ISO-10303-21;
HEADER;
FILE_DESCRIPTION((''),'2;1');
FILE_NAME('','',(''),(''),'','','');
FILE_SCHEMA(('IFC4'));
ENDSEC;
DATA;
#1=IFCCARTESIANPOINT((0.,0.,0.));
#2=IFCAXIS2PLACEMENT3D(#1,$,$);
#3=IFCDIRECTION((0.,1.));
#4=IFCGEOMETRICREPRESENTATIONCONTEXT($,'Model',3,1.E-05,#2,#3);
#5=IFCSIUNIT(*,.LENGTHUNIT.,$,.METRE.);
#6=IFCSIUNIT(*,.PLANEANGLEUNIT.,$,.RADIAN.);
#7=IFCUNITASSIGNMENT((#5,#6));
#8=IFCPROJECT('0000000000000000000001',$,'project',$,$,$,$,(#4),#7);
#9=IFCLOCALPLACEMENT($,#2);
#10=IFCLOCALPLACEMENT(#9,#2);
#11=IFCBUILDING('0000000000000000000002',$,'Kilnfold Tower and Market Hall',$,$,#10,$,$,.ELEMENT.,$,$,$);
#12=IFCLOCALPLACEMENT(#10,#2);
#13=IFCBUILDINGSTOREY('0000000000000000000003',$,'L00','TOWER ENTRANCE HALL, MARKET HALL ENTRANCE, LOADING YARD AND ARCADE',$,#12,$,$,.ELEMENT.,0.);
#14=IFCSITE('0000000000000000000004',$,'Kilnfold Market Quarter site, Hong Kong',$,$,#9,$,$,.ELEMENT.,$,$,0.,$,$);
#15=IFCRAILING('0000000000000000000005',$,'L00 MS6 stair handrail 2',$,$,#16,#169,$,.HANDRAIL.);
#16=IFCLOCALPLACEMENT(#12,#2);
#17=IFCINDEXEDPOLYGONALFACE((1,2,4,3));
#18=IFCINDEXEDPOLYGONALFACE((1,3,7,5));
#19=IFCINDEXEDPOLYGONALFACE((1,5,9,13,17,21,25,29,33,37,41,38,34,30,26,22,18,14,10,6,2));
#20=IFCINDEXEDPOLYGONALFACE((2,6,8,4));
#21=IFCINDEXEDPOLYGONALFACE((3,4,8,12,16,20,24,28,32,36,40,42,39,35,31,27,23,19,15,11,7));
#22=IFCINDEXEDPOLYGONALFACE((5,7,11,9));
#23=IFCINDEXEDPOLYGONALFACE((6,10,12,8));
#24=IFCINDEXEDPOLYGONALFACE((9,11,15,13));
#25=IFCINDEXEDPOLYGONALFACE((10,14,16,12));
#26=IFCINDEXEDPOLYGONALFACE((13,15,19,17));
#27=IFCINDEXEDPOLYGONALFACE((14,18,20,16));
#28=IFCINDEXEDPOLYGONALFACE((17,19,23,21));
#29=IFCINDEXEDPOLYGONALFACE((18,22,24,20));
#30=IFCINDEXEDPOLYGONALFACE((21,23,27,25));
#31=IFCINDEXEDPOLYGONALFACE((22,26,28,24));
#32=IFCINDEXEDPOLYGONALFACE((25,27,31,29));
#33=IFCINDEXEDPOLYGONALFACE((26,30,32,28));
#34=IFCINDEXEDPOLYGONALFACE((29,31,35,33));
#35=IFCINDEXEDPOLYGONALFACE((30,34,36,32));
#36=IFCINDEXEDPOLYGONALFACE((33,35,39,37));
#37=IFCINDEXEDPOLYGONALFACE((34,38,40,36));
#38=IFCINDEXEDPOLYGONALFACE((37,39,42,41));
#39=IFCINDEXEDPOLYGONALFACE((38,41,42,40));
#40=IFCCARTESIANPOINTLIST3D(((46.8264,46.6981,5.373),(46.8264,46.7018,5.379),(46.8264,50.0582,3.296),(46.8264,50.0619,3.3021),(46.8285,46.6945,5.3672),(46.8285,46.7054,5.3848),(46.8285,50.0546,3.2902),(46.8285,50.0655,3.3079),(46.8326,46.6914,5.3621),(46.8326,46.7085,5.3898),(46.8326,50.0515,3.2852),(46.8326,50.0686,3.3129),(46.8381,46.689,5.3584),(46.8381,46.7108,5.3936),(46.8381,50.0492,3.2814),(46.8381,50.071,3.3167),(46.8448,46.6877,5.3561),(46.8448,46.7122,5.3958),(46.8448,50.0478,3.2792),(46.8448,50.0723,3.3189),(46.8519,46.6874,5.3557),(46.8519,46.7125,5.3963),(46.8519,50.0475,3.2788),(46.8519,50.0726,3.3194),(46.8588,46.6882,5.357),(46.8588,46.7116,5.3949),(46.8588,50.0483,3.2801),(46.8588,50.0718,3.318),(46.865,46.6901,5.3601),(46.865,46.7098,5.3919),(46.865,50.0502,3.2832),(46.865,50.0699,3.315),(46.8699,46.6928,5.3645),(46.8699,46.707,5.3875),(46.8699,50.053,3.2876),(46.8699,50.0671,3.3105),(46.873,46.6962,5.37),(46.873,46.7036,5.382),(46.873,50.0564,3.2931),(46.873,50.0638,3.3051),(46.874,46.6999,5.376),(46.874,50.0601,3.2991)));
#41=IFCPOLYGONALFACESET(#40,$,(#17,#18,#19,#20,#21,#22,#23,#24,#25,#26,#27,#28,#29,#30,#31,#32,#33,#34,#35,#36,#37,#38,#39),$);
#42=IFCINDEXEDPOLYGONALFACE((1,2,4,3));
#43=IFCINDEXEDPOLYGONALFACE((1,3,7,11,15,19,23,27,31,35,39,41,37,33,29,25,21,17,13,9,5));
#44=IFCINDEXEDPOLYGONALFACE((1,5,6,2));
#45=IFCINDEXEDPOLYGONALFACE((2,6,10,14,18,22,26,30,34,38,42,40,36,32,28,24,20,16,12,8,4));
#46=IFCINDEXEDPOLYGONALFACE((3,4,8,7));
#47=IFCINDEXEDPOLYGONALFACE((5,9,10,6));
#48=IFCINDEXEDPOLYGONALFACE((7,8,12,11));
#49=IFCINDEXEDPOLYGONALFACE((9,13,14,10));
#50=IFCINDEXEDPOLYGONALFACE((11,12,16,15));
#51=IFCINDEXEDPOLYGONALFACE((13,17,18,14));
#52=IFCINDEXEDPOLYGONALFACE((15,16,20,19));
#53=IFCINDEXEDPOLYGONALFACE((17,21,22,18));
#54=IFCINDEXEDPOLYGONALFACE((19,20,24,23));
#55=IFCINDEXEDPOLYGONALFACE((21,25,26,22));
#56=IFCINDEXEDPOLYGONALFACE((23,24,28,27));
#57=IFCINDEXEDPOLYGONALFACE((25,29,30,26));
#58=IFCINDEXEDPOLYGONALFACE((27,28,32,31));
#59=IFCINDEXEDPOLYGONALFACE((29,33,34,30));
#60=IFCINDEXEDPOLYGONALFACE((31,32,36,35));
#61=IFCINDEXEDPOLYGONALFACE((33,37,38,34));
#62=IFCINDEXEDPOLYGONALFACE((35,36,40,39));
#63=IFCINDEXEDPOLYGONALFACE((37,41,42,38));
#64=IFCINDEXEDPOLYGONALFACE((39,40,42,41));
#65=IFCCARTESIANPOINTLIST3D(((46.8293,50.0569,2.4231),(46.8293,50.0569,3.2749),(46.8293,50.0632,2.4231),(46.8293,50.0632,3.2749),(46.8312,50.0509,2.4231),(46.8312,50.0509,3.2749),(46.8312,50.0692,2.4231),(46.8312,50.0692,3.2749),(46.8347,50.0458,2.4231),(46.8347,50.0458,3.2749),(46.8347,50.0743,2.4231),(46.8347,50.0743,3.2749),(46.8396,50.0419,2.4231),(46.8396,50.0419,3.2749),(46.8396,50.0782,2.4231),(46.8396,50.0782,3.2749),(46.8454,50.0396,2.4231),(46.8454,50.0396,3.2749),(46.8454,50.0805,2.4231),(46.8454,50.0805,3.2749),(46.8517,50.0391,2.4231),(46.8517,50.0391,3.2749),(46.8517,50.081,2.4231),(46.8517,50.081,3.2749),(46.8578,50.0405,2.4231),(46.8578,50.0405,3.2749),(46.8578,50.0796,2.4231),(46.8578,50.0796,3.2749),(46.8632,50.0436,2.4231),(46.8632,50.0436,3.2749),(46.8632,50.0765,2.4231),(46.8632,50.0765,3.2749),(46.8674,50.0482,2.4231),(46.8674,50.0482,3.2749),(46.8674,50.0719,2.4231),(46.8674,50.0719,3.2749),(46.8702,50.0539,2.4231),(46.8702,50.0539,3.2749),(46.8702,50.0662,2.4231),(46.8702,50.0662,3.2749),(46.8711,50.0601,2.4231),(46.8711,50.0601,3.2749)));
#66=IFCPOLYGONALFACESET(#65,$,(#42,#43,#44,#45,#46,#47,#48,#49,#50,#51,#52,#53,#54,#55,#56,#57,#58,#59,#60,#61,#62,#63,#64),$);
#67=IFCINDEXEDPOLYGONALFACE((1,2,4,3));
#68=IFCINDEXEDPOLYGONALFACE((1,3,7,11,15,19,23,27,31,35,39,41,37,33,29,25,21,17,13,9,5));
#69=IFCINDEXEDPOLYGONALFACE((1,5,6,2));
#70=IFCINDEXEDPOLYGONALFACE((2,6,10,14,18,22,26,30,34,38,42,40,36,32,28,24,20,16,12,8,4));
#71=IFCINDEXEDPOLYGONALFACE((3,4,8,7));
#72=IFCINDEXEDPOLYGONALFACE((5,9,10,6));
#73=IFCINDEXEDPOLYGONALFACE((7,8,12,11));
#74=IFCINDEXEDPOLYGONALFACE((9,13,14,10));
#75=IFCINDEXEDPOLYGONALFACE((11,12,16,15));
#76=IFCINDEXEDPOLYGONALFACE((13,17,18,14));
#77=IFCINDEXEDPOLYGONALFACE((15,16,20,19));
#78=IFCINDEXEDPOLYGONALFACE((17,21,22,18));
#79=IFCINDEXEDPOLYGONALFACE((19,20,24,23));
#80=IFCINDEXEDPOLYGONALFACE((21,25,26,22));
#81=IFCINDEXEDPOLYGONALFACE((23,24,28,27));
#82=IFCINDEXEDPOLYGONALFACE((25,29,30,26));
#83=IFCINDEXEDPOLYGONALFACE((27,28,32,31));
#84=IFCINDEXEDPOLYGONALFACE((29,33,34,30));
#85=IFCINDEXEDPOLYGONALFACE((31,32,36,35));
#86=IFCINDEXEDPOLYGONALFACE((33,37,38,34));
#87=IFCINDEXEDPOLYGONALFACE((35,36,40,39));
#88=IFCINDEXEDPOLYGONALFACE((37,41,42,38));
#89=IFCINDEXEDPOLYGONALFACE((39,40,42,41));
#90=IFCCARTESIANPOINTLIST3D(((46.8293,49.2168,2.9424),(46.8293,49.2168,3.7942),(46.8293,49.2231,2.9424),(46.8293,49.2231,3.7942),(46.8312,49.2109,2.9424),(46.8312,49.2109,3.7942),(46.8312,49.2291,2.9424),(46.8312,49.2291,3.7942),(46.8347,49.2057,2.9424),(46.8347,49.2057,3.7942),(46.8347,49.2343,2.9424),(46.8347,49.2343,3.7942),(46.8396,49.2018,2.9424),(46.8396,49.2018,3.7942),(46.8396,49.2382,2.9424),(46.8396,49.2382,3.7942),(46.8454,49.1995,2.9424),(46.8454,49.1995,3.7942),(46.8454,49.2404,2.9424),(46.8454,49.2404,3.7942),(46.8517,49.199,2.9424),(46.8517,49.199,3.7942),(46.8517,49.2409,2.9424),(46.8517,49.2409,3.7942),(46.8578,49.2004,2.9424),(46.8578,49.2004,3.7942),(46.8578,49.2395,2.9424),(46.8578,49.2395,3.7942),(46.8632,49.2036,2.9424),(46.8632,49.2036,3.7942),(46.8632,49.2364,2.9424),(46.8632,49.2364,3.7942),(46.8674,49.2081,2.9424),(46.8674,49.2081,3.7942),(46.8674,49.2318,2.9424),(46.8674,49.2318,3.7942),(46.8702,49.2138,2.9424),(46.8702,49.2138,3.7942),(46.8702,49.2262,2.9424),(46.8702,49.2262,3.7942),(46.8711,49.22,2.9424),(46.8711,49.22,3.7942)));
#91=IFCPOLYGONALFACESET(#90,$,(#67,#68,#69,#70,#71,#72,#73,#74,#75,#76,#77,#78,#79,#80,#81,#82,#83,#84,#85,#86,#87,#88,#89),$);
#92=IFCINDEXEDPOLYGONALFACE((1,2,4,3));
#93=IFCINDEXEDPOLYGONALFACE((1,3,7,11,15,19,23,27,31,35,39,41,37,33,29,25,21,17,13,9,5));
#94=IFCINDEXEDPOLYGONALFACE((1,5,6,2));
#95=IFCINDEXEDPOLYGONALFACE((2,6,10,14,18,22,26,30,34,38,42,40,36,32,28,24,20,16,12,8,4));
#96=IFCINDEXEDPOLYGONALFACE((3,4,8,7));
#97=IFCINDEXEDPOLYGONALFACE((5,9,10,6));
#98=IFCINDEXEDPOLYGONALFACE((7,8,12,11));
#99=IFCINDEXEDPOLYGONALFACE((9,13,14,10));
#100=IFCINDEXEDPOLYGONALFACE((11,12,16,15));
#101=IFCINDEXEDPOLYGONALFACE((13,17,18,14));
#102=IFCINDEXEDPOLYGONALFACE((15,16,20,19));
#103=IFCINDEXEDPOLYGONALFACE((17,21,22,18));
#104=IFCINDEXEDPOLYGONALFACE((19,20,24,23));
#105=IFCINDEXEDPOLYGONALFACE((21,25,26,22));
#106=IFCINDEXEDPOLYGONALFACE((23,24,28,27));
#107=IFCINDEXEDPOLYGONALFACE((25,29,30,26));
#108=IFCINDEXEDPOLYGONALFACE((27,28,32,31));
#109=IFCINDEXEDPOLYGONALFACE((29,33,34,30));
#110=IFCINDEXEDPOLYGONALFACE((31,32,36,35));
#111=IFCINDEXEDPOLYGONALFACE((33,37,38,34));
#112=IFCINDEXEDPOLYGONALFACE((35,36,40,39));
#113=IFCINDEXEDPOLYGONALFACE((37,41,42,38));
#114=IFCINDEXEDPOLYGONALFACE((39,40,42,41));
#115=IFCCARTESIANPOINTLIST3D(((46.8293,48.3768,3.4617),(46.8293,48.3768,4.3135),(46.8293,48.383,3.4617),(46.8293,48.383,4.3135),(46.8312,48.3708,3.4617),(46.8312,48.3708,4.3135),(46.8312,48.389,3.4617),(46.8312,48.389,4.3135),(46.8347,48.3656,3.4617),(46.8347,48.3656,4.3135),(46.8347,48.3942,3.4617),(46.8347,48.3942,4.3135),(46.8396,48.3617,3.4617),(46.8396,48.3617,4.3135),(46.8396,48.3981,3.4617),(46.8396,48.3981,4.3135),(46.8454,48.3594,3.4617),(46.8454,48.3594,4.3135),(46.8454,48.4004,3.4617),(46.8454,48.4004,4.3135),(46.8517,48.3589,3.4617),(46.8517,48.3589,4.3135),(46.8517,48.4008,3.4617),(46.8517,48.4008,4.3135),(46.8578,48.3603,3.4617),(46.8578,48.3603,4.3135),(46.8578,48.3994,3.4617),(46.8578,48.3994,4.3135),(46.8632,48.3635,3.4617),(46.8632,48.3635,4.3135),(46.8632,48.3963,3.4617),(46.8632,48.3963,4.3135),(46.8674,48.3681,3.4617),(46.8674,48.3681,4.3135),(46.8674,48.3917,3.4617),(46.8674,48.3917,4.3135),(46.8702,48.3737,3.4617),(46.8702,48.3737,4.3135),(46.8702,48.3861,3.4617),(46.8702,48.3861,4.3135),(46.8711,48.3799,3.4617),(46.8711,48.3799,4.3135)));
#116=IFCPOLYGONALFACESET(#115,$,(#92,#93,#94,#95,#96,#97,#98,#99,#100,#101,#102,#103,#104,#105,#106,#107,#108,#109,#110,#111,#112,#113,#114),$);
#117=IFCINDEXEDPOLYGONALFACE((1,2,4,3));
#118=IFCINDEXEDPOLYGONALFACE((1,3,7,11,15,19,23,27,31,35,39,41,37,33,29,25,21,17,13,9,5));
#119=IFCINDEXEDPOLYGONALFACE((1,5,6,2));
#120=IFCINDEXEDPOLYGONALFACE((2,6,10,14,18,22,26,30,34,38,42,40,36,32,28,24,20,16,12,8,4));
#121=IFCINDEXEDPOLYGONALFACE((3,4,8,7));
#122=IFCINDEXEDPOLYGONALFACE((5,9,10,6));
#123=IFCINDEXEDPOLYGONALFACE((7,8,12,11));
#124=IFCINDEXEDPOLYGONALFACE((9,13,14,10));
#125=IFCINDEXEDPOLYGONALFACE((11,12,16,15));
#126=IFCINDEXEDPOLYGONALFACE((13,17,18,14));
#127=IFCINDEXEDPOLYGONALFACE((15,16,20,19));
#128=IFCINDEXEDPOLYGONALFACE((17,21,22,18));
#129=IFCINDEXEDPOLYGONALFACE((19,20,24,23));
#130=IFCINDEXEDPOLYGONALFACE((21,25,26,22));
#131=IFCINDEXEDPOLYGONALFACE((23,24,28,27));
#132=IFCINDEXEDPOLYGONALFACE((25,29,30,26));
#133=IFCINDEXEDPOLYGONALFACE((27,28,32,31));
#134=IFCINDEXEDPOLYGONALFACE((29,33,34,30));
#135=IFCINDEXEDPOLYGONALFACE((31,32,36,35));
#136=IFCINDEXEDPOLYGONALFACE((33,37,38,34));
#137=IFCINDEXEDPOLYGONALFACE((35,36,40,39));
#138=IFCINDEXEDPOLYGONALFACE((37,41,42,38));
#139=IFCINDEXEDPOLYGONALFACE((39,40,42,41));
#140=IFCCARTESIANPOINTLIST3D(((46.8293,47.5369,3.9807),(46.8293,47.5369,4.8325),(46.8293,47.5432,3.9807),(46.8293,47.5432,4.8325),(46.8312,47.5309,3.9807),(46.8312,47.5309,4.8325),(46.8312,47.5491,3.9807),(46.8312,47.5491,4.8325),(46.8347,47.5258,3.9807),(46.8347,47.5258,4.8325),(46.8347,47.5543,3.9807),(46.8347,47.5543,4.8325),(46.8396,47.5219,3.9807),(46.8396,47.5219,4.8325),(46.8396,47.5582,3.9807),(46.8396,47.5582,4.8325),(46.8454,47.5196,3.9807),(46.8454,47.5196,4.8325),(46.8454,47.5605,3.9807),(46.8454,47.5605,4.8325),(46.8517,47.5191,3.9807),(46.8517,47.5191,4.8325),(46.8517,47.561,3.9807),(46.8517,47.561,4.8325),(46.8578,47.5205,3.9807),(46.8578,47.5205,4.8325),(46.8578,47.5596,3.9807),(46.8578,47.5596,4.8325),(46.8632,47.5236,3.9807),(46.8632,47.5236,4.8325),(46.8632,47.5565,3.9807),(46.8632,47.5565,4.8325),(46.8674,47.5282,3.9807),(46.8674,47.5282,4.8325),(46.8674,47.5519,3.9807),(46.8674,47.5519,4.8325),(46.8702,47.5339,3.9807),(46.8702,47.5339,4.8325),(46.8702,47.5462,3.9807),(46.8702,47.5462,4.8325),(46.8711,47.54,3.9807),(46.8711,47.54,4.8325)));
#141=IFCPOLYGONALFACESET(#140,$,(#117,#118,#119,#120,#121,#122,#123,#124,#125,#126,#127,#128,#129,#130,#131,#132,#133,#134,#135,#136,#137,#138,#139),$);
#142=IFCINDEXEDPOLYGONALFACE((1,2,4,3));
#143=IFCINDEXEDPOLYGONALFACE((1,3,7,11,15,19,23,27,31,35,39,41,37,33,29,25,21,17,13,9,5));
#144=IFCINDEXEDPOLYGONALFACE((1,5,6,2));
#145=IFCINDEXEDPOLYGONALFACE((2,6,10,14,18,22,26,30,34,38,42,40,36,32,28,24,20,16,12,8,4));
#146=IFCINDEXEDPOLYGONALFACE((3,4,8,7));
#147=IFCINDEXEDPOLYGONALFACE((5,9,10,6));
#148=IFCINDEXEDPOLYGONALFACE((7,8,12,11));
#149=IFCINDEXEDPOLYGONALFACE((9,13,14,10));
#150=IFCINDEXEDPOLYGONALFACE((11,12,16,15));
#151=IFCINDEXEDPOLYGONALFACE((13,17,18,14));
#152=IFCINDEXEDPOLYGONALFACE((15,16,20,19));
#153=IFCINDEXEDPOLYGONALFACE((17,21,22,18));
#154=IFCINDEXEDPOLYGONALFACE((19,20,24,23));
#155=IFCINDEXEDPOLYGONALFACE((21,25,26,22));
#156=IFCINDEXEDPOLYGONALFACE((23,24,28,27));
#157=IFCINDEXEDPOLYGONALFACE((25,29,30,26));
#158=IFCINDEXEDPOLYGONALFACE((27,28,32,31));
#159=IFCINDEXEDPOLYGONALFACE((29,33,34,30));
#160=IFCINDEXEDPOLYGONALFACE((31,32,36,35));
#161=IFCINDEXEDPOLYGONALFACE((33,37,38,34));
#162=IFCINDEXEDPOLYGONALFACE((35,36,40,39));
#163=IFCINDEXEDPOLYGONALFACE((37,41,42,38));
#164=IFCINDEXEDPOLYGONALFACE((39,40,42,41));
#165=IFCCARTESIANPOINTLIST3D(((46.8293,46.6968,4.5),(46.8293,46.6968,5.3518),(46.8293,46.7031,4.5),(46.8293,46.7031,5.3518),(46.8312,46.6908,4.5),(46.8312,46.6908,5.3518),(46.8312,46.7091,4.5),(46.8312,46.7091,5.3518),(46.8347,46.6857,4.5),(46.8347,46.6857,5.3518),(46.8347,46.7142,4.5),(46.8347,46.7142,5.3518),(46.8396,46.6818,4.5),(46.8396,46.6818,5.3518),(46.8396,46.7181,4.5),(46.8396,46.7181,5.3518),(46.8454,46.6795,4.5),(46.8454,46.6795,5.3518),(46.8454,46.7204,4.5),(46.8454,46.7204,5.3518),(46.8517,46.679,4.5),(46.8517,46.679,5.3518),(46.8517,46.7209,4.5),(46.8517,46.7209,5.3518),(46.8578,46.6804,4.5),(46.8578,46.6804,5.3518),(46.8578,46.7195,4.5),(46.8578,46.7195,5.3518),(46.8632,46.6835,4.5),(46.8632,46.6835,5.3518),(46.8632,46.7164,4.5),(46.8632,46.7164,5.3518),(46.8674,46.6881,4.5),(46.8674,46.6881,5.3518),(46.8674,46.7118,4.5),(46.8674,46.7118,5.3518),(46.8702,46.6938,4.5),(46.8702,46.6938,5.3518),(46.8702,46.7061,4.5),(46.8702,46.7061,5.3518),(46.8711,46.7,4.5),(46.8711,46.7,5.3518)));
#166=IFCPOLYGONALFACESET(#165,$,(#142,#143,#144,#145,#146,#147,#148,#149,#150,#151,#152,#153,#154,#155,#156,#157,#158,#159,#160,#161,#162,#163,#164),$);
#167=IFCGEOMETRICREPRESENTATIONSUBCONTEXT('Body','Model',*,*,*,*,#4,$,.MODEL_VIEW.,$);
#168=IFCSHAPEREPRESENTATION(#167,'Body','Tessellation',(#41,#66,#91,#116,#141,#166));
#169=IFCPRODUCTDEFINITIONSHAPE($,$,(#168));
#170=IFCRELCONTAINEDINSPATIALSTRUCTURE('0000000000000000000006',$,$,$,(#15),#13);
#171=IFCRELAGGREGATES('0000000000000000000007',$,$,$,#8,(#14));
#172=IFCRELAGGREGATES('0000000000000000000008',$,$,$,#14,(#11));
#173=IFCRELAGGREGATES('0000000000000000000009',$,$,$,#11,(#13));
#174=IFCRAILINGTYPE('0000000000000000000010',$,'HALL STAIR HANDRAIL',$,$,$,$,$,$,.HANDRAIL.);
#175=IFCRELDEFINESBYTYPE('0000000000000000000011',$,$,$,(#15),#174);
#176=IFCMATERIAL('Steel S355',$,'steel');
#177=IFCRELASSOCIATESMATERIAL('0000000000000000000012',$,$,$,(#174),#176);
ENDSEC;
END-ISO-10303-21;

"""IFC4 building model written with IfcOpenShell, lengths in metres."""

from ifc_helpers import new_model, si_unit, direction, frame, origin, origin_2d, place, context, subcontext, project, spatial, circle, extrude, material, type_object, element, save


model = new_model("IFC4")

# Units and contexts
model_context = context("Model", 3, precision=1e-05, world=origin(), true_north=direction((0.0, 1.0)))
body_context = subcontext(model_context, "Body", "Model", "MODEL_VIEW")
ifc_project = project(units=[si_unit("LENGTHUNIT", "METRE"), si_unit("PLANEANGLEUNIT", "RADIAN")], contexts=[model_context])

# Site, building, storey
site_placement = place(None, origin())
site = spatial("IfcSite", under=ifc_project, at=site_placement, Name="Kilnfold Market Quarter site, Hong Kong", CompositionType="ELEMENT", RefElevation=0.0)
building_placement = place(site_placement, origin())
building = spatial("IfcBuilding", under=site, at=building_placement, Name="Kilnfold Tower and Market Hall", CompositionType="ELEMENT")
storey_placement = place(building_placement, origin())
storey = spatial("IfcBuildingStorey", under=building, at=storey_placement, Name="L00", Description="TOWER ENTRANCE HALL, MARKET HALL ENTRANCE, LOADING YARD AND ARCADE", CompositionType="ELEMENT", Elevation=0.0)

# Railing
ifc_material_1 = material(Name="Steel S355", Category="steel")
railing_type_1 = type_object("IfcRailingType", Name="HALL STAIR HANDRAIL", PredefinedType="HANDRAIL", material=ifc_material_1)
railing_1_placement = place(storey_placement, frame((46.8501, 50.0601, 2.4231)))
element("IfcRailing", 1, at=railing_1_placement, inside=storey, type_object=railing_type_1, Name="L00 MS6 stair handrail 2", PredefinedType="HANDRAIL", context=body_context, shape_type="SweptSolid", body=[
    extrude(circle(Radius=0.0239, at=origin_2d()), frame((0.0, 0.0, 0.876), z_axis=(0.0, -0.850623, 0.525776), x_axis=(1.0, 0.0, 0.0)), (0.0, 0.0, 1.0), 3.9502),
    extrude(circle(Radius=0.021, at=origin_2d()), origin(), (0.0, 0.0, 1.0), 0.8518),
    extrude(circle(Radius=0.021, at=origin_2d()), frame((0.0, -0.8401, 0.5193)), (0.0, 0.0, 1.0), 0.8518),
    extrude(circle(Radius=0.021, at=origin_2d()), frame((0.0, -1.6802, 1.0386)), (0.0, 0.0, 1.0), 0.8518),
    extrude(circle(Radius=0.021, at=origin_2d()), frame((0.0, -2.52, 1.5576)), (0.0, 0.0, 1.0), 0.8518),
    extrude(circle(Radius=0.021, at=origin_2d()), frame((0.0, -3.3601, 2.0769)), (0.0, 0.0, 1.0), 0.8518),
])

save(model, "model.ifc")
